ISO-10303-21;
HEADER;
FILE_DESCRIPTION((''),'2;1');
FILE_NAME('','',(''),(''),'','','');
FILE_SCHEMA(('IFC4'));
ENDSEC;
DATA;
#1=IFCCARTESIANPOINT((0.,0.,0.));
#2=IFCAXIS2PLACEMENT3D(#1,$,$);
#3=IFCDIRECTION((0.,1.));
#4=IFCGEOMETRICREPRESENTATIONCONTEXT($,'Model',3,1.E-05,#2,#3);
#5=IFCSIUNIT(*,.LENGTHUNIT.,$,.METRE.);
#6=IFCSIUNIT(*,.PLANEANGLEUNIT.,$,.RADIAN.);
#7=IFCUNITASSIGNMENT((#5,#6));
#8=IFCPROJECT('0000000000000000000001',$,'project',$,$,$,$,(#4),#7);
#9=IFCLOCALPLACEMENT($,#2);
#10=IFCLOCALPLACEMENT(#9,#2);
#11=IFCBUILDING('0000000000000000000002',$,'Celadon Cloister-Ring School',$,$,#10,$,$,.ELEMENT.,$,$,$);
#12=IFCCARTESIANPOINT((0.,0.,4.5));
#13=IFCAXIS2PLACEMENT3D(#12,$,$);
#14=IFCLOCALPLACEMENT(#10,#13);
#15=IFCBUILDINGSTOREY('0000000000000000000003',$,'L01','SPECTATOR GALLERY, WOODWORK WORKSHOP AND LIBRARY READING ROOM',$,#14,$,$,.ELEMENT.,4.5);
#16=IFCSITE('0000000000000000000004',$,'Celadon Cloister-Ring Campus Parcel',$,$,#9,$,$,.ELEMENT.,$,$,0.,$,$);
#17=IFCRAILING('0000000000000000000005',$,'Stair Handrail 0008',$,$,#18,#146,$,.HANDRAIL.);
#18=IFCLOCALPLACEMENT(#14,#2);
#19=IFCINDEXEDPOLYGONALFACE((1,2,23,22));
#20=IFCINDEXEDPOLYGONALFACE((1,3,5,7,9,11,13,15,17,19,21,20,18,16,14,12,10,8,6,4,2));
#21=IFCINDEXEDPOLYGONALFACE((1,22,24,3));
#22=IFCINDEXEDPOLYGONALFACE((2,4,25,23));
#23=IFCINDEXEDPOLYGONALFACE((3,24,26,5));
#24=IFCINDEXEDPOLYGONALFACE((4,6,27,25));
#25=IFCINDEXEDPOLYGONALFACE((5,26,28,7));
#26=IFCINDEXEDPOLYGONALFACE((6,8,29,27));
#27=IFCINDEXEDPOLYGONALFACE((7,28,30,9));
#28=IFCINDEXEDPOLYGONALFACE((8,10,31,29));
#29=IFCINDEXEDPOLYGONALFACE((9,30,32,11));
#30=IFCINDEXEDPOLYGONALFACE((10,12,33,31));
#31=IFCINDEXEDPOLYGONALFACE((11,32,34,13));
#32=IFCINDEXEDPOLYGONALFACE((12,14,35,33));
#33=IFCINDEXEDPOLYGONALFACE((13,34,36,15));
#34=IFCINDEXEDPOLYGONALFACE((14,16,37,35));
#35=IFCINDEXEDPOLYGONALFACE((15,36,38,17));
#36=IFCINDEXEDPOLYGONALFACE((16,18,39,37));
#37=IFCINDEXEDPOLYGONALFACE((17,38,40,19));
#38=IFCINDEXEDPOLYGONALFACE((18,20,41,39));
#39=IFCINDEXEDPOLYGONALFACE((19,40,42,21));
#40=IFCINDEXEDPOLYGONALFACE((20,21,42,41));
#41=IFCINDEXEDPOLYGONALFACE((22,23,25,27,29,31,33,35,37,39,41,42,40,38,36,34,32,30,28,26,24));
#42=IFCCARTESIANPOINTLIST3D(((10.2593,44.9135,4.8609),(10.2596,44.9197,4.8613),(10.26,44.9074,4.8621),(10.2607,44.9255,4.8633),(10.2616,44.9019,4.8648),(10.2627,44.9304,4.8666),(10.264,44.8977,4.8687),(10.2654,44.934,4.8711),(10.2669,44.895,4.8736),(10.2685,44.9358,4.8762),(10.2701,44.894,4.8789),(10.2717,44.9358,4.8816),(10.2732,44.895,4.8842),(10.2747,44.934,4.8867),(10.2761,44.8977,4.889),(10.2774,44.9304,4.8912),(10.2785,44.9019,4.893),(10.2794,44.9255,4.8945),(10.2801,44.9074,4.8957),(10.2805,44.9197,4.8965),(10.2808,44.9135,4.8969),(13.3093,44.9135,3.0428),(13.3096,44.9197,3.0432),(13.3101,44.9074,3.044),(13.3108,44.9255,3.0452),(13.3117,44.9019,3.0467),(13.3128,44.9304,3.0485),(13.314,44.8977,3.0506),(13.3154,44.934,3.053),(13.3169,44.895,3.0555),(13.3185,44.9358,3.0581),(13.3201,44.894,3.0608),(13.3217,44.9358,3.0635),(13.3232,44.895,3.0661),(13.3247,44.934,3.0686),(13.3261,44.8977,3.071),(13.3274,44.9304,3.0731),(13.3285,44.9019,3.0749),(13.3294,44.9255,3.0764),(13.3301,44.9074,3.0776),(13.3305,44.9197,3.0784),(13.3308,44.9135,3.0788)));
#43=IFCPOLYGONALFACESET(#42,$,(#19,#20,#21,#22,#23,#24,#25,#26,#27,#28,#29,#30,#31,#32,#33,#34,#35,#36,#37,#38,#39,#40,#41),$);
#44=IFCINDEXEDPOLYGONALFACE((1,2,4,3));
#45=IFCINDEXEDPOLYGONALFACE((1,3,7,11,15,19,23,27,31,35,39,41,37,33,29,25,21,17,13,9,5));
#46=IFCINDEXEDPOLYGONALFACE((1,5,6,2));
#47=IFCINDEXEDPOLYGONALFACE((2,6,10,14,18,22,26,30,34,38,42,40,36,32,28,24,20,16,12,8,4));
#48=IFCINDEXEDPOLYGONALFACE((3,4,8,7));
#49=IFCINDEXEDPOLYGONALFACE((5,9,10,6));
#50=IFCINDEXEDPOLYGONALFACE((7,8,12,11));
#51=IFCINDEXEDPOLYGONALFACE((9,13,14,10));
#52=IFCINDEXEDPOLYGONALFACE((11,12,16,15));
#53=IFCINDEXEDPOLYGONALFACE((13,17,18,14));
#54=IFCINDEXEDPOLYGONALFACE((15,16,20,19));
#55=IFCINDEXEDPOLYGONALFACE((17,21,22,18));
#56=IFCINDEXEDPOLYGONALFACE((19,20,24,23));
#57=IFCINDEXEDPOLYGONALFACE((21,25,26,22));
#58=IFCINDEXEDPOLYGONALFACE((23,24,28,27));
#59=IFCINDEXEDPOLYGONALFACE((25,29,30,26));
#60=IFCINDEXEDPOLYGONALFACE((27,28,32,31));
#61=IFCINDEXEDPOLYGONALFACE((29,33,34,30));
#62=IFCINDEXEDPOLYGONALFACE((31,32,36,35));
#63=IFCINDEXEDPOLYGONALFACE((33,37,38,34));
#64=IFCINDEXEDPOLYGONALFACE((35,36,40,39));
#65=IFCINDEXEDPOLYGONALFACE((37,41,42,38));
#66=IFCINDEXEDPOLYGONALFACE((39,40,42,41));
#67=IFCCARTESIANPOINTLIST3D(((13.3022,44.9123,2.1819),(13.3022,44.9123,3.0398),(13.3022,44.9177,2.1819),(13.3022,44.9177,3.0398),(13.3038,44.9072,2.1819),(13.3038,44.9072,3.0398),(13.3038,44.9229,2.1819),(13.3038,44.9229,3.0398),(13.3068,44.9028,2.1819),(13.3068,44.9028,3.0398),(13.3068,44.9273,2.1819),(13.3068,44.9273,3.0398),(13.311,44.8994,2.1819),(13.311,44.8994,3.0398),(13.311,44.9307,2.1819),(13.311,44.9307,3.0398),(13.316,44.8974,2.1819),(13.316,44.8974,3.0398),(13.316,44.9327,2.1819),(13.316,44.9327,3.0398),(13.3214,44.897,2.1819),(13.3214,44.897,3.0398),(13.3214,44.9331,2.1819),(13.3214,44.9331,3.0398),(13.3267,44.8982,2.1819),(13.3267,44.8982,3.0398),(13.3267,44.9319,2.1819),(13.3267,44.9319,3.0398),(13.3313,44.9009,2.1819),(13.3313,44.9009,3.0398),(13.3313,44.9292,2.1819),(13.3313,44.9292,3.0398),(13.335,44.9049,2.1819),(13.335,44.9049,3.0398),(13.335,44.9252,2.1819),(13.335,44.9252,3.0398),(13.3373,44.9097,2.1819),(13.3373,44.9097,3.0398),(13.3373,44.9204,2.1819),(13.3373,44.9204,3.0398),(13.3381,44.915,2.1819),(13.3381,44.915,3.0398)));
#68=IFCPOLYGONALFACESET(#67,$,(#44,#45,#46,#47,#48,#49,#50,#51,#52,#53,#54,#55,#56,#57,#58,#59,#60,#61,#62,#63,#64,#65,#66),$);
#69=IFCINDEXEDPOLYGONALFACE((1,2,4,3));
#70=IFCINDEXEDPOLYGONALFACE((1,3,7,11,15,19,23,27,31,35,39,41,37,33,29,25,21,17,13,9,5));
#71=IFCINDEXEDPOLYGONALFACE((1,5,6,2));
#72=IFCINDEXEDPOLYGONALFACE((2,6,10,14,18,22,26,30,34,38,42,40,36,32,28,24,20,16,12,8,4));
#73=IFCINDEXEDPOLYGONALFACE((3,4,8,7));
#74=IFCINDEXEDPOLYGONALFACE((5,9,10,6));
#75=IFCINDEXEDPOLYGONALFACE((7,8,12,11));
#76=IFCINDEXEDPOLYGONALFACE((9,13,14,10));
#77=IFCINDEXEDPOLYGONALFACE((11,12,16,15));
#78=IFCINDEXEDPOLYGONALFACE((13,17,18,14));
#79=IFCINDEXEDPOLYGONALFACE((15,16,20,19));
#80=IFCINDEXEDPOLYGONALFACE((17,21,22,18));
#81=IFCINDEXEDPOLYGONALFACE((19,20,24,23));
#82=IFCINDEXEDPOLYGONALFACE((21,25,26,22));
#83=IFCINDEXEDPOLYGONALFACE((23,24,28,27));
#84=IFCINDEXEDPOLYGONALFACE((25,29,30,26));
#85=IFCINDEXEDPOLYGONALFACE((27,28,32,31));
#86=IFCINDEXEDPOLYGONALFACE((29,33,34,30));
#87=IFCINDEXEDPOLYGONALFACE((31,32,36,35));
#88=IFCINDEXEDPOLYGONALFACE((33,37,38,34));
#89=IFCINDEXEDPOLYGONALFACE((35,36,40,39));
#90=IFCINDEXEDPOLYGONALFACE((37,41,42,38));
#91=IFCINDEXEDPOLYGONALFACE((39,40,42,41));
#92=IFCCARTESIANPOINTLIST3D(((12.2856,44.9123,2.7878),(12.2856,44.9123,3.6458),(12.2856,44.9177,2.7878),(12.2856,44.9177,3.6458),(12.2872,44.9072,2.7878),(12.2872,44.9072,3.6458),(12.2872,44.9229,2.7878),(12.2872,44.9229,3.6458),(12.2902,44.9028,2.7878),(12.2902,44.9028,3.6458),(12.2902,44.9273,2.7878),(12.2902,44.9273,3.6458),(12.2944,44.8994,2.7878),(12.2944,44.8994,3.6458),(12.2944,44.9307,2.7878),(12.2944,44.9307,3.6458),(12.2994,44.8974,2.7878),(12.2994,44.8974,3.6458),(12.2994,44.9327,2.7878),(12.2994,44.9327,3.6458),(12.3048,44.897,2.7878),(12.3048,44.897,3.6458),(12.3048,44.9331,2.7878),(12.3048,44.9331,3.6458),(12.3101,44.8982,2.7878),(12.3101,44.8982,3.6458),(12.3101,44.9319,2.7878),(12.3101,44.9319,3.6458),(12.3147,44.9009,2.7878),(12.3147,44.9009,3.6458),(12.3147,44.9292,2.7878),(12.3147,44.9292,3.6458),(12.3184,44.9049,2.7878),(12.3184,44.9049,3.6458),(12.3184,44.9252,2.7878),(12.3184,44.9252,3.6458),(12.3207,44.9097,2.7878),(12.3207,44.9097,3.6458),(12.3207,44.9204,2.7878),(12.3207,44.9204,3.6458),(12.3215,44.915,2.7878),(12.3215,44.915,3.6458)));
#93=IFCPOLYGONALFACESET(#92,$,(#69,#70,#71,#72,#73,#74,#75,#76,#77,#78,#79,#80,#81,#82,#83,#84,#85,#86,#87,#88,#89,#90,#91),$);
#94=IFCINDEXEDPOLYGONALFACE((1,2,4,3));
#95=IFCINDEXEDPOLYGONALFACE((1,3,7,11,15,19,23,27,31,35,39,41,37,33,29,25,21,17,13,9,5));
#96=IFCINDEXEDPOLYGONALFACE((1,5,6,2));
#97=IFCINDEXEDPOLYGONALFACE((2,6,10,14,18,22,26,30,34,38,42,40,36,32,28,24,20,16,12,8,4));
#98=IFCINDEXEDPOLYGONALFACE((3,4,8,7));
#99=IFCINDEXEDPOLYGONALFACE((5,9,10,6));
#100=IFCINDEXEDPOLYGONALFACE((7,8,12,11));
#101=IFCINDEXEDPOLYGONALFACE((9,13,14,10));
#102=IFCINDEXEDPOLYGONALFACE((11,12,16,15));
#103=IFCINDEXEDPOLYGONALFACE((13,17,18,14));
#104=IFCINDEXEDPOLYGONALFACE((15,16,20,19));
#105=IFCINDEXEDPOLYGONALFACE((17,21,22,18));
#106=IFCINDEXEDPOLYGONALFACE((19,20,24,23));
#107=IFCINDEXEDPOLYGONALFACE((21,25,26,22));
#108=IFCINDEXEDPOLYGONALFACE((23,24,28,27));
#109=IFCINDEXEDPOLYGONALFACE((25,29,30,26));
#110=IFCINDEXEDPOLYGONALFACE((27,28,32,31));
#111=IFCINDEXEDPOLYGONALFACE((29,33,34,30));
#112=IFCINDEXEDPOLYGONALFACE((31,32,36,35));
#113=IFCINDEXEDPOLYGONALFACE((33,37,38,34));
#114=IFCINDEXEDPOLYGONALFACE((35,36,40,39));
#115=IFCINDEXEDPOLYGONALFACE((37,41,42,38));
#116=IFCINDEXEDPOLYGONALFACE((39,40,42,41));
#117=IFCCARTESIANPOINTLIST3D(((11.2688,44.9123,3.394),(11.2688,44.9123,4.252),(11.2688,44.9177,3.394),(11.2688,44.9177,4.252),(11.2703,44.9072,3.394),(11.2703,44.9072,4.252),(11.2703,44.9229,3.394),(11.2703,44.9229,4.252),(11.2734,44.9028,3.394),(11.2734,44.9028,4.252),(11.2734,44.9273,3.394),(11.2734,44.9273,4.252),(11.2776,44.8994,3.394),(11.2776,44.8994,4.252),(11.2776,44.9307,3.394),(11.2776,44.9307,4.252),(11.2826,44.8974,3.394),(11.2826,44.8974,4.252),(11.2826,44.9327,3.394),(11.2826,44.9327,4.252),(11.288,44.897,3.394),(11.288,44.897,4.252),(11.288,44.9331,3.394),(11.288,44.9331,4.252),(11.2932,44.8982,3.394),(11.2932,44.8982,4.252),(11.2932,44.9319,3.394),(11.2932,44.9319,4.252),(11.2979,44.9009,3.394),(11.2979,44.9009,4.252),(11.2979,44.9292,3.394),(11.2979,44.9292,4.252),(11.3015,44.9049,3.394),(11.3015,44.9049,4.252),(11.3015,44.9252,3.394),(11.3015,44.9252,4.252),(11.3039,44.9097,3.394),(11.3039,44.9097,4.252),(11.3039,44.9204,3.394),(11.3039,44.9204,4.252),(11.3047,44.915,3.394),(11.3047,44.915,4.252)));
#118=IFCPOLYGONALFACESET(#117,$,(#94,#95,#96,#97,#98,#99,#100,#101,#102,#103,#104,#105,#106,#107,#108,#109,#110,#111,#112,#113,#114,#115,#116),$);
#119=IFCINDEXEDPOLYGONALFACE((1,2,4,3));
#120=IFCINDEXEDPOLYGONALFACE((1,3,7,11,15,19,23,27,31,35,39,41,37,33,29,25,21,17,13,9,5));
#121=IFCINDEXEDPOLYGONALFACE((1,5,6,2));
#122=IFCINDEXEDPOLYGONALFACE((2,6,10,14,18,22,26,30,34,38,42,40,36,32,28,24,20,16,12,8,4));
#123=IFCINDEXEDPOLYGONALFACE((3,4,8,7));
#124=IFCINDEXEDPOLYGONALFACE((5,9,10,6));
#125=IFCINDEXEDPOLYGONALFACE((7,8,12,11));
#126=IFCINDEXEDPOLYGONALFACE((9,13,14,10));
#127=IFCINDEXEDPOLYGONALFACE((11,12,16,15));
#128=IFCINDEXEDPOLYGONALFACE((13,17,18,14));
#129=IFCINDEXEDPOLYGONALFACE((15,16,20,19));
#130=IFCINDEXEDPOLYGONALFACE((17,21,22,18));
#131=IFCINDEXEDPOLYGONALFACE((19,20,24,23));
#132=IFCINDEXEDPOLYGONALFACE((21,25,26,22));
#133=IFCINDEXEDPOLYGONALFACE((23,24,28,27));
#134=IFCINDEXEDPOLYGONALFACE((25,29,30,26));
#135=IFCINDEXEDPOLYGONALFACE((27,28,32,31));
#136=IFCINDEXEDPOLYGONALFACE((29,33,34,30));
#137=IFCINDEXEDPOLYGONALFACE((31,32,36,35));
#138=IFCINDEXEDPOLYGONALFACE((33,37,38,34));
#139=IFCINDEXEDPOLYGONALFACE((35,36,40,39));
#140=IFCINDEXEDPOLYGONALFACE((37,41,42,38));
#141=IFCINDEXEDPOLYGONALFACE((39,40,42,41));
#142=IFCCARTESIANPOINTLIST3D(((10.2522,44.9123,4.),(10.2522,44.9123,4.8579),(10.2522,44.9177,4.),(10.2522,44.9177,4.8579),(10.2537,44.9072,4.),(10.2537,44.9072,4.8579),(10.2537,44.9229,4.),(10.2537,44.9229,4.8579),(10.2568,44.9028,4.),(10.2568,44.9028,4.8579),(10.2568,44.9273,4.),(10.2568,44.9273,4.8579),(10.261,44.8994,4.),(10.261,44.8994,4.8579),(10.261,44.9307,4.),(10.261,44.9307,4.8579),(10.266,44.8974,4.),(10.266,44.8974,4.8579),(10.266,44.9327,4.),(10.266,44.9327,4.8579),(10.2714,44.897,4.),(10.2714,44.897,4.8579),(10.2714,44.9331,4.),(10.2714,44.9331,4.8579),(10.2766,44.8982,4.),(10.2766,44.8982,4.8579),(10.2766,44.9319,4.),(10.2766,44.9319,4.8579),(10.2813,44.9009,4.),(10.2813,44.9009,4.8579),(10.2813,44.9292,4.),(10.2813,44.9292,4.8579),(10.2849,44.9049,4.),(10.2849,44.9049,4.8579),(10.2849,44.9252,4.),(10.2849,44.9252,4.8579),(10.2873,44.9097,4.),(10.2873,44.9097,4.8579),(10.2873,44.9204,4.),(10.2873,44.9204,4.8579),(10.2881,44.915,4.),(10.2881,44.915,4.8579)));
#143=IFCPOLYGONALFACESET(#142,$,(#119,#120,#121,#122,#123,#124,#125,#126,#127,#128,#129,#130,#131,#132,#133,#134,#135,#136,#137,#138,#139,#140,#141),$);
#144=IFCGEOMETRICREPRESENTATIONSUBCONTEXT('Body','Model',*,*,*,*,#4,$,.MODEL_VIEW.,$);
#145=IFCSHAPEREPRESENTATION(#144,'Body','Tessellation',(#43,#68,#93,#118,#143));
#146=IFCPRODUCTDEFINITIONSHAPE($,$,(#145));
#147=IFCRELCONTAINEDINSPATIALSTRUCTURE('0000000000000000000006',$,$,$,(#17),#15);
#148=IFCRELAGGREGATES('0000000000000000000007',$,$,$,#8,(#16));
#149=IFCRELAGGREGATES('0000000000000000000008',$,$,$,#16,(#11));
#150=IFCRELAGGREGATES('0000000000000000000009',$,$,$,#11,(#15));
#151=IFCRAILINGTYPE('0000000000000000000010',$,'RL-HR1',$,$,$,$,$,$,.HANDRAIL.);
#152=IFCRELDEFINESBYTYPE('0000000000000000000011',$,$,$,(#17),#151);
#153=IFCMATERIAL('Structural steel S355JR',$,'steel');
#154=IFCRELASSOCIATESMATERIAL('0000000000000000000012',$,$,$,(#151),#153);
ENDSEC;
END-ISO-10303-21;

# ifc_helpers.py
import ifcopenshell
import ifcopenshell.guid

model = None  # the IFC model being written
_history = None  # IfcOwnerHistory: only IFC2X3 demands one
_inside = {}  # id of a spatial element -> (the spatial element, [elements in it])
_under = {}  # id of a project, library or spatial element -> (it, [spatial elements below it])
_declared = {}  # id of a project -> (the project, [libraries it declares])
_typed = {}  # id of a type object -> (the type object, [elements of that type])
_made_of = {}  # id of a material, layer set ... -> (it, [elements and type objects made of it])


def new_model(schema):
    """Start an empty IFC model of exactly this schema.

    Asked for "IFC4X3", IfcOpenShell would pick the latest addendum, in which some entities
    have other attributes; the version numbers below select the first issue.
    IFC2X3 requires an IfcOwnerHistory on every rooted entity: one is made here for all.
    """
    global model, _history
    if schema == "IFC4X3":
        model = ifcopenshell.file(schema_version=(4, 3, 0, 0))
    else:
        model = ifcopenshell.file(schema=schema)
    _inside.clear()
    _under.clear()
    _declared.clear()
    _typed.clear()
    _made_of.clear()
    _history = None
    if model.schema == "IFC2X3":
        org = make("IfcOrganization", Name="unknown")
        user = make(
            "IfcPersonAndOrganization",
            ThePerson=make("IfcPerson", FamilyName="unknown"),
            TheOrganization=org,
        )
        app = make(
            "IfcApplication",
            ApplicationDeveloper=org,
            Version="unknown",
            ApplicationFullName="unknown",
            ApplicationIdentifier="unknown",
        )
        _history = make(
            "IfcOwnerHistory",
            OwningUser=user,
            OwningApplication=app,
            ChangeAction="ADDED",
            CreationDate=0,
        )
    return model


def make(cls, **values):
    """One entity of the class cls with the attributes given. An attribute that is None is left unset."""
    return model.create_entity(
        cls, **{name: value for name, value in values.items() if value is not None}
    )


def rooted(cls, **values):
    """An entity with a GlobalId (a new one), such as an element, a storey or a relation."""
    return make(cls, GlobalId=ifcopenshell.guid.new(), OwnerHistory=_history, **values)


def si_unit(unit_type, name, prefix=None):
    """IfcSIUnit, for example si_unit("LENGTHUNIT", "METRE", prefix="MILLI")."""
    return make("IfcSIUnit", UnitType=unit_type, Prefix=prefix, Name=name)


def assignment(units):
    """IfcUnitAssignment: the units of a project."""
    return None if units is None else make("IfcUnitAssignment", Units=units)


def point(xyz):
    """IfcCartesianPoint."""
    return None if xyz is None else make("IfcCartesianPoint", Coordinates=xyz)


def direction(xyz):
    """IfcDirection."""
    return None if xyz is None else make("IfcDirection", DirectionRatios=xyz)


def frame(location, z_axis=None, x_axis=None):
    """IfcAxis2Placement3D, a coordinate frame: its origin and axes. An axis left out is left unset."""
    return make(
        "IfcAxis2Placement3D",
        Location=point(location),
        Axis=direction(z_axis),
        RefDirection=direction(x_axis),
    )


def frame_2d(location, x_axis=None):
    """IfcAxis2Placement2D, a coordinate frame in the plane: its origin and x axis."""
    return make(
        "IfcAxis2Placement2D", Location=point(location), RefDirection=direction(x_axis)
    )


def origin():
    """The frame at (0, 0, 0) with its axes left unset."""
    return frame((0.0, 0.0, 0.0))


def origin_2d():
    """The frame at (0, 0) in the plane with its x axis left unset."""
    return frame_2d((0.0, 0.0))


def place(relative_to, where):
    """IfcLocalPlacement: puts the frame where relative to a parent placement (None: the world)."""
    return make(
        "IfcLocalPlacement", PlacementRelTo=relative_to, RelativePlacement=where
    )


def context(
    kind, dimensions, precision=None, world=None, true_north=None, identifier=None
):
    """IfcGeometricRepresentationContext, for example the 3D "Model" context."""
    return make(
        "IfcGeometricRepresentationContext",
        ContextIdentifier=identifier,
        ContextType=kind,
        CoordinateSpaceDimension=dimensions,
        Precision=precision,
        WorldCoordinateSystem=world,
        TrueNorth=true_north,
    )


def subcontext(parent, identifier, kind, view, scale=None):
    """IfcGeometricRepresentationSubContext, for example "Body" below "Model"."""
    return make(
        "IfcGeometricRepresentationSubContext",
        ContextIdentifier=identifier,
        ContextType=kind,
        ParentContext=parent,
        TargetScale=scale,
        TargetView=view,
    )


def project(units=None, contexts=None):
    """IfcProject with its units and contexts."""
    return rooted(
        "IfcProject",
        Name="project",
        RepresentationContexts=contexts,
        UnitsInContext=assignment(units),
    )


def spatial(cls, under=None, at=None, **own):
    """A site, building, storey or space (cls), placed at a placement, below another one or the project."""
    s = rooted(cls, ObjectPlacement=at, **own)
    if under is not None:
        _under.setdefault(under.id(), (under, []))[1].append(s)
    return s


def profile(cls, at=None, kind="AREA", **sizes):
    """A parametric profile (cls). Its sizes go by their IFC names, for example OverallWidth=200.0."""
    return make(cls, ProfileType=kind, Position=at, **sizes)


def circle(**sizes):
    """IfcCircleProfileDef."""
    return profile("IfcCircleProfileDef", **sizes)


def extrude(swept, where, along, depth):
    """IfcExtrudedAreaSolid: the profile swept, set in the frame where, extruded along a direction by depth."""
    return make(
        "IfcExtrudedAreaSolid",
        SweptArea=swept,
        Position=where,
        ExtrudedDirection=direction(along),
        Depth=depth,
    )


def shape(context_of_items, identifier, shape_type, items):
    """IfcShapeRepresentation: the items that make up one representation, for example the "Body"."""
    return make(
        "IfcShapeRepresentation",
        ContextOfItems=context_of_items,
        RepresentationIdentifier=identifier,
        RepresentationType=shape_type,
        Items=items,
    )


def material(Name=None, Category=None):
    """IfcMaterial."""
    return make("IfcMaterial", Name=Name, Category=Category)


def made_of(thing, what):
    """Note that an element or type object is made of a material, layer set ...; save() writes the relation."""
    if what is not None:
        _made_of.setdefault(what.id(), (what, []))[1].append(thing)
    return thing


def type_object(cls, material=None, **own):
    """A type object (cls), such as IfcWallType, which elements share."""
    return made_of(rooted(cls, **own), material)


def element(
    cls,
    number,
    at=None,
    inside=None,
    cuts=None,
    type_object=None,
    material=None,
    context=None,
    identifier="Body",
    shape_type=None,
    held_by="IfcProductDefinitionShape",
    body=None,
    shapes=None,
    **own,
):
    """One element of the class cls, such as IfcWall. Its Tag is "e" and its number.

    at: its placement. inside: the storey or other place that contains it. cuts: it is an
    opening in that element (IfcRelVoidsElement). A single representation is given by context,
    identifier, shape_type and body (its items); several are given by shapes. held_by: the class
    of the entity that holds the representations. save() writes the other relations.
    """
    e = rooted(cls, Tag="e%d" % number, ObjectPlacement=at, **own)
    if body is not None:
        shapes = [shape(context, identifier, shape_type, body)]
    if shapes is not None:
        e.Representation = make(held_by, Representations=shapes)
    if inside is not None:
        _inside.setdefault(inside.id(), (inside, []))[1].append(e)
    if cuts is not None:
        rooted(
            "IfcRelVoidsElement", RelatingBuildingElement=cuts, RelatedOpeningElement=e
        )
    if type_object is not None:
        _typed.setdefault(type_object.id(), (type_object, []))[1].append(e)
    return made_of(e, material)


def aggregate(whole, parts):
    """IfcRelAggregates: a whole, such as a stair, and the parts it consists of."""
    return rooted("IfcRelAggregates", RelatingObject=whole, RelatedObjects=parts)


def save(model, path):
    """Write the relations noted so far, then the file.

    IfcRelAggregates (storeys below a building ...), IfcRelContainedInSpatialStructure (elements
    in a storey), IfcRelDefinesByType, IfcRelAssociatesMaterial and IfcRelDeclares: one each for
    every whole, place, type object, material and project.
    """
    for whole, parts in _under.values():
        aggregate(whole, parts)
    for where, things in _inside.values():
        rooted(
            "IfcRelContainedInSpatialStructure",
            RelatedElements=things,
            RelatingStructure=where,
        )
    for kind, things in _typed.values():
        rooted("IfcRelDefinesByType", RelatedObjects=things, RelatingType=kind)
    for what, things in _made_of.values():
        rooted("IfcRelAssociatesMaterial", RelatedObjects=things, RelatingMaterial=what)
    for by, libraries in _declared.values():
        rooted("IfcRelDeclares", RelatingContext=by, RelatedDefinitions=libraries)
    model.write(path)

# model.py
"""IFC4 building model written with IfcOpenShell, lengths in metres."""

from ifc_helpers import new_model, si_unit, direction, frame, origin, origin_2d, place, context, subcontext, project, spatial, circle, extrude, material, type_object, element, save


model = new_model("IFC4")

# Units and contexts
model_context = context("Model", 3, precision=1e-05, world=origin(), true_north=direction((0.0, 1.0)))
body_context = subcontext(model_context, "Body", "Model", "MODEL_VIEW")
ifc_project = project(units=[si_unit("LENGTHUNIT", "METRE"), si_unit("PLANEANGLEUNIT", "RADIAN")], contexts=[model_context])

# Site, building, storey
site_placement = place(None, origin())
site = spatial("IfcSite", under=ifc_project, at=site_placement, Name="Celadon Cloister-Ring Campus Parcel", CompositionType="ELEMENT", RefElevation=0.0)
building_placement = place(site_placement, origin())
building = spatial("IfcBuilding", under=site, at=building_placement, Name="Celadon Cloister-Ring School", CompositionType="ELEMENT")
storey_placement = place(building_placement, frame((0.0, 0.0, 4.5)))
storey = spatial("IfcBuildingStorey", under=building, at=storey_placement, Name="L01", Description="SPECTATOR GALLERY, WOODWORK WORKSHOP AND LIBRARY READING ROOM", CompositionType="ELEMENT", Elevation=4.5)

# Railing
ifc_material_1 = material(Name="Structural steel S355JR", Category="steel")
railing_type_1 = type_object("IfcRailingType", Name="RL-HR1", PredefinedType="HANDRAIL", material=ifc_material_1)
railing_1_placement = place(storey_placement, frame((13.3201, 44.915, 2.1819)))
element("IfcRailing", 1, at=railing_1_placement, inside=storey, type_object=railing_type_1, Name="Stair Handrail 0008", PredefinedType="HANDRAIL", context=body_context, shape_type="SweptSolid", body=[
    extrude(circle(Radius=0.021, at=origin_2d()), frame((0.0, 0.0, 0.8789), z_axis=(-0.85897, 0.0, 0.512026), x_axis=(0.0, -1.0, 0.0)), (0.0, 0.0, 1.0), 3.5508),
    extrude(circle(Radius=0.0181, at=origin_2d()), origin(), (0.0, 0.0, 1.0), 0.8579),
    extrude(circle(Radius=0.0181, at=origin_2d()), frame((-1.0166, 0.0, 0.606)), (0.0, 0.0, 1.0), 0.8579),
    extrude(circle(Radius=0.0181, at=origin_2d()), frame((-2.0334, 0.0, 1.2122)), (0.0, 0.0, 1.0), 0.8579),
    extrude(circle(Radius=0.0181, at=origin_2d()), frame((-3.05, 0.0, 1.8181)), (0.0, 0.0, 1.0), 0.8579),
])

save(model, "model.ifc")
